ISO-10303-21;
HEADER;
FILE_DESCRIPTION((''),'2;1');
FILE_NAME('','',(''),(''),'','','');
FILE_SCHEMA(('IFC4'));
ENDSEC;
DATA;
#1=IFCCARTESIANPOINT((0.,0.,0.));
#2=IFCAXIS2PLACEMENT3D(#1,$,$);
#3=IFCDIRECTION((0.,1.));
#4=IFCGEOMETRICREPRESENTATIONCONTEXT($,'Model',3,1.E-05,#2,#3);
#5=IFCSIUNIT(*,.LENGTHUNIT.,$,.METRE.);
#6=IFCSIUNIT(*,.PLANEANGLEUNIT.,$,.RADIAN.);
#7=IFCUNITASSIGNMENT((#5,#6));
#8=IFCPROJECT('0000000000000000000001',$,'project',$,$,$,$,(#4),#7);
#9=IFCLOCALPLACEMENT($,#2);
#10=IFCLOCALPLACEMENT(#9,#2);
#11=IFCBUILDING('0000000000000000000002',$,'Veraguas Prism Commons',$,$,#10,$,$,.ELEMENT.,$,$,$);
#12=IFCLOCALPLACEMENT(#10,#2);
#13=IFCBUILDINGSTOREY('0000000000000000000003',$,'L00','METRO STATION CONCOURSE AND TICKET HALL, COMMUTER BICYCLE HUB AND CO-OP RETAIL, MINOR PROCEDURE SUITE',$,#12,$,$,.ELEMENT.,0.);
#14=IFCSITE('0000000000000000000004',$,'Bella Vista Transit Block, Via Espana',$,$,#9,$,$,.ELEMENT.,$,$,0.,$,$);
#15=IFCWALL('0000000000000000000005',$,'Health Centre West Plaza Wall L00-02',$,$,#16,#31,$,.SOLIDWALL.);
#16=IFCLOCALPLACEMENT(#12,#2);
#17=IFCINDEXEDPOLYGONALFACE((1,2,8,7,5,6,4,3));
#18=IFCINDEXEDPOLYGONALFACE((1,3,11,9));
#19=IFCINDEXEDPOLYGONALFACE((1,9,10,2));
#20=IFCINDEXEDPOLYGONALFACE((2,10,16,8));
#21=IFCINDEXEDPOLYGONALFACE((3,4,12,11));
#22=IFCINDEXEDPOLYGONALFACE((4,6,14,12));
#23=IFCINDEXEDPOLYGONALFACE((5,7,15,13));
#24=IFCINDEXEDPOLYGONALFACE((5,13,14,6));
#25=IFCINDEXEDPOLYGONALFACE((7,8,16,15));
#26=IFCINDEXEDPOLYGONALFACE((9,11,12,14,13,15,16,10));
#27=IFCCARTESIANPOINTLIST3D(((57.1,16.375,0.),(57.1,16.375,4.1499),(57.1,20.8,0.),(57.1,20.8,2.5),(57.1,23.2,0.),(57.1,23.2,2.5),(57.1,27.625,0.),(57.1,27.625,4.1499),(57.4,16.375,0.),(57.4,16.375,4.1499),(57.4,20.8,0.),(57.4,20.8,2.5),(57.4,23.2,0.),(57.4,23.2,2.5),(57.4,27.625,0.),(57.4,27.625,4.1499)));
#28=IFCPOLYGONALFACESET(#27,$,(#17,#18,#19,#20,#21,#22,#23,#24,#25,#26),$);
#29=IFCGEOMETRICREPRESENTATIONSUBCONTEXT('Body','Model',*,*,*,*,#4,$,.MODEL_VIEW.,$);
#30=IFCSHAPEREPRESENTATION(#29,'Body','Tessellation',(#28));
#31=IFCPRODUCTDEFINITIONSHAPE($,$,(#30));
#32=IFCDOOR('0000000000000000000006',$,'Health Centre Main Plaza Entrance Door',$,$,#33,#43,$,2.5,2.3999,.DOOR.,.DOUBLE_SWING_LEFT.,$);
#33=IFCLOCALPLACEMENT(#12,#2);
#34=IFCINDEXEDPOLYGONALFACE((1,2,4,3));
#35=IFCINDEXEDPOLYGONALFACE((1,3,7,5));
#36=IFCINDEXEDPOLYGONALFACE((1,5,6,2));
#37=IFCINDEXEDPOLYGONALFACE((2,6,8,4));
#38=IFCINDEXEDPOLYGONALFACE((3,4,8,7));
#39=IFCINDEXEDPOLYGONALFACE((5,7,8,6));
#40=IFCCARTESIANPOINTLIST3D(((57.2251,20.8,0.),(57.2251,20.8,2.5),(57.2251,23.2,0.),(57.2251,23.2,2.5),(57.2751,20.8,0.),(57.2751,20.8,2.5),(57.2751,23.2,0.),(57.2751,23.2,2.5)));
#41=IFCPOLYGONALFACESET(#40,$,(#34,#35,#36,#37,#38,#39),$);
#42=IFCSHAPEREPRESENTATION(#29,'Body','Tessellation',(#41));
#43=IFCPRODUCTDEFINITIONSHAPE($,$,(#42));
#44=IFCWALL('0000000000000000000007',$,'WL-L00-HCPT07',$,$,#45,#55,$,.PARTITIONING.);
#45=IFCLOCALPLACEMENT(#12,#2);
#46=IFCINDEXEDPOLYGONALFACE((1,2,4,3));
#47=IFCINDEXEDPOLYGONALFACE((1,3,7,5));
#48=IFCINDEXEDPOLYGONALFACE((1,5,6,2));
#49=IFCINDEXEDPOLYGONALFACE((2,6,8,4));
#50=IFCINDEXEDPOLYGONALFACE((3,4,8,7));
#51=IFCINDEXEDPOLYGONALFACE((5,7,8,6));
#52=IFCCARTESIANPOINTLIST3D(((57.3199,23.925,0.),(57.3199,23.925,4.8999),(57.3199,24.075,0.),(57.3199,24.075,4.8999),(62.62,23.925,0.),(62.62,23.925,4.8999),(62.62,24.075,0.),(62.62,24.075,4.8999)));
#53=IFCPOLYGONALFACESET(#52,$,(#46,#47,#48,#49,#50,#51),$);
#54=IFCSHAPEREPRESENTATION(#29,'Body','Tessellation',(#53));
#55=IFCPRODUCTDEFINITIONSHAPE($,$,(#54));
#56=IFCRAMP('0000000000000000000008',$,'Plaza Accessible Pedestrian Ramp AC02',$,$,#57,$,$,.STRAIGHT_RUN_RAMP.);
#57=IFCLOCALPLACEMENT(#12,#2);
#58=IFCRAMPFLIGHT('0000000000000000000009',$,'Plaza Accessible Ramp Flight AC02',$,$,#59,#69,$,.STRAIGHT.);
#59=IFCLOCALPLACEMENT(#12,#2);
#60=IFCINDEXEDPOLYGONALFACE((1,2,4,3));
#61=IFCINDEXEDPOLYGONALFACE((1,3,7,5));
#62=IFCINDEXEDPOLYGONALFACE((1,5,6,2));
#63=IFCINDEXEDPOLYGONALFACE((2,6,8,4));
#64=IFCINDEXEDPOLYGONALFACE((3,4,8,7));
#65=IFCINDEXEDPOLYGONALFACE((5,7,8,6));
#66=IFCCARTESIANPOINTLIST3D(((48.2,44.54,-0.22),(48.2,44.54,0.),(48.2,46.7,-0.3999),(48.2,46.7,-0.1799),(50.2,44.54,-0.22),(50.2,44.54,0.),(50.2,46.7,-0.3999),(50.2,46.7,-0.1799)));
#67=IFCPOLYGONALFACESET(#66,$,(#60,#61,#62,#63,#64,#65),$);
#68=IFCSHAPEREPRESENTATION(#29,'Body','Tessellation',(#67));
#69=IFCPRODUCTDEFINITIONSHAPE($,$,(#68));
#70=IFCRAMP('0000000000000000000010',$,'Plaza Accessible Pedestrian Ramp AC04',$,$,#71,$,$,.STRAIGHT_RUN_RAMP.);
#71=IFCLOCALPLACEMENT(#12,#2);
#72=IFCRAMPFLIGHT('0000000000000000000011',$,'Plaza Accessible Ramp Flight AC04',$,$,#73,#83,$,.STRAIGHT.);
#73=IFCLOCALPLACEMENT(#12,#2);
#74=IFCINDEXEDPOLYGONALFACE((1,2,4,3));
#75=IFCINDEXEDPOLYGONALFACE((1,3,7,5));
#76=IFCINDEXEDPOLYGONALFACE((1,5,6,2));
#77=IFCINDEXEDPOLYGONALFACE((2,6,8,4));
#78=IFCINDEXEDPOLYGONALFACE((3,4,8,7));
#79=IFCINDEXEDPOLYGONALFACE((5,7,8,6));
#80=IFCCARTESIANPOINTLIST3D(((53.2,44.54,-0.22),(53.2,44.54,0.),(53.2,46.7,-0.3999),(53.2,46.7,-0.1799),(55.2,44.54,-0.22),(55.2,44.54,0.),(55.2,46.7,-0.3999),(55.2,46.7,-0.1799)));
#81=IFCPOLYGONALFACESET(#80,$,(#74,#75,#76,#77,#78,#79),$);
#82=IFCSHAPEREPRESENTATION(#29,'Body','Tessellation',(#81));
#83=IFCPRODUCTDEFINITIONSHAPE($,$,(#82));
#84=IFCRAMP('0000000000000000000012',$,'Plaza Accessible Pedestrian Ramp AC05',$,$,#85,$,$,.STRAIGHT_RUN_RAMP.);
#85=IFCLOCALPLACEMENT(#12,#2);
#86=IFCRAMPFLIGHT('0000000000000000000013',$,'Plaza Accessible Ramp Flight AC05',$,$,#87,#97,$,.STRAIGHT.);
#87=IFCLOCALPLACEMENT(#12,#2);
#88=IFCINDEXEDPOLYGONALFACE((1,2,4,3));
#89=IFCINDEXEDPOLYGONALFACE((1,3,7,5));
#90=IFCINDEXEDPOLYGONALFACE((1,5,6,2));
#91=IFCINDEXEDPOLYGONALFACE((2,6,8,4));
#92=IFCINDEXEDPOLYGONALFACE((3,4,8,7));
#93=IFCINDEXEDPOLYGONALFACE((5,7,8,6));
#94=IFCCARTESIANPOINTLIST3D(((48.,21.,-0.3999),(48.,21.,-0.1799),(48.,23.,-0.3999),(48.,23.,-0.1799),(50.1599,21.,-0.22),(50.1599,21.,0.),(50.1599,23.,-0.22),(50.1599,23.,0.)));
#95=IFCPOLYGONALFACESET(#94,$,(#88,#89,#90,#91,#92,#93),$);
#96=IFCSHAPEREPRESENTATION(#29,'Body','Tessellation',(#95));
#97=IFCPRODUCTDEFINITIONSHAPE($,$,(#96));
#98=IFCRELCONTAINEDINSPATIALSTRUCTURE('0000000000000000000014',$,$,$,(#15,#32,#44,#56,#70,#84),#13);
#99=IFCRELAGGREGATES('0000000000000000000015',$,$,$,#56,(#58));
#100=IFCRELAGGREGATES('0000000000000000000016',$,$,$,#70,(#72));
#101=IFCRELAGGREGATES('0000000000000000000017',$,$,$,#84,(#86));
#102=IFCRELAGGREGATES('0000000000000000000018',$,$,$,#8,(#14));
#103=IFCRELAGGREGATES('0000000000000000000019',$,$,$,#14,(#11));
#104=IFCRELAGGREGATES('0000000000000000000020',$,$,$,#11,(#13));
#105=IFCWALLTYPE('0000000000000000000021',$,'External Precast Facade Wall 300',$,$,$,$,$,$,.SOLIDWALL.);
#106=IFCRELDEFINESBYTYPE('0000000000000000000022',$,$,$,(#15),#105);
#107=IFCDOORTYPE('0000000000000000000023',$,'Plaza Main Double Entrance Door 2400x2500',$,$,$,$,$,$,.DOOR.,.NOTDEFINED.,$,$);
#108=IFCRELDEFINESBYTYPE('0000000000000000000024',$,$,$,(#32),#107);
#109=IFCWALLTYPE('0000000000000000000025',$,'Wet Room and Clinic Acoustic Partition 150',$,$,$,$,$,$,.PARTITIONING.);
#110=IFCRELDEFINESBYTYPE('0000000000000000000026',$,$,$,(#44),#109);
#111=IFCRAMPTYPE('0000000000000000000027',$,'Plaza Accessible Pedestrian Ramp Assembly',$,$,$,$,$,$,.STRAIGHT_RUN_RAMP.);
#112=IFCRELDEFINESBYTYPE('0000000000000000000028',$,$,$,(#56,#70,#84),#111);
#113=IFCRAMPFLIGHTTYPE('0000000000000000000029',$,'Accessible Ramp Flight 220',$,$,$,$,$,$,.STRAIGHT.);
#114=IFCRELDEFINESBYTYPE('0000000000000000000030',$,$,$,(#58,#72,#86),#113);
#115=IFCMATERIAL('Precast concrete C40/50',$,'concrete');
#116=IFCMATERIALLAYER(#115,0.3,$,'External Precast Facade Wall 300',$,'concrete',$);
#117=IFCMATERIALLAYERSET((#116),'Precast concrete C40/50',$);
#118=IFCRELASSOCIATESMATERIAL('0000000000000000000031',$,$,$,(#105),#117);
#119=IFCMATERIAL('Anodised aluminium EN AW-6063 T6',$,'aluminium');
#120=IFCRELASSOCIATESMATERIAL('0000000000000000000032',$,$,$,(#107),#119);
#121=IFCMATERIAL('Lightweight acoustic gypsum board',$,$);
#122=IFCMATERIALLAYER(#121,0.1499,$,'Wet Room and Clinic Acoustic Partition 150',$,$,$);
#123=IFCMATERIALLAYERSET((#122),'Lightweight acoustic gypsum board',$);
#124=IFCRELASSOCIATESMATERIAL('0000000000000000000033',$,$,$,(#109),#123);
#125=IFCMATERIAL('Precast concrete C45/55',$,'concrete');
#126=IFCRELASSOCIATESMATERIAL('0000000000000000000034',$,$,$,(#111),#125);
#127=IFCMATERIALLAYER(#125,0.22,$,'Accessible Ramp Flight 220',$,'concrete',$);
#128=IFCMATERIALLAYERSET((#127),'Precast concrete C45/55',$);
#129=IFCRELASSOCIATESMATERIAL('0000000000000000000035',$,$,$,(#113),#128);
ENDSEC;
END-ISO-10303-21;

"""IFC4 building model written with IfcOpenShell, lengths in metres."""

from ifc_helpers import new_model, si_unit, direction, frame, frame_2d, origin, place, context, subcontext, project, spatial, polyline, rectangle, outline, extrude, source, transform, mapped, material, layer, layer_set, type_object, element, fill, aggregate, save


model = new_model("IFC4")

# Units and contexts
model_context = context("Model", 3, precision=1e-05, world=origin(), true_north=direction((0.0, 1.0)))
body_context = subcontext(model_context, "Body", "Model", "MODEL_VIEW")
ifc_project = project(units=[si_unit("LENGTHUNIT", "METRE"), si_unit("PLANEANGLEUNIT", "RADIAN")], contexts=[model_context])

# Site, building, storey
site_placement = place(None, origin())
site = spatial("IfcSite", under=ifc_project, at=site_placement, Name="Bella Vista Transit Block, Via Espana", CompositionType="ELEMENT", RefElevation=0.0)
building_placement = place(site_placement, origin())
building = spatial("IfcBuilding", under=site, at=building_placement, Name="Veraguas Prism Commons", CompositionType="ELEMENT")
storey_placement = place(building_placement, origin())
storey = spatial("IfcBuildingStorey", under=building, at=storey_placement, Name="L00", Description="METRO STATION CONCOURSE AND TICKET HALL, COMMUTER BICYCLE HUB AND CO-OP RETAIL, MINOR PROCEDURE SUITE", CompositionType="ELEMENT", Elevation=0.0)

# Shared definitions
ifc_material_1 = material(Name="Precast concrete C40/50", Category="concrete")
ifc_layer_1 = layer(ifc_material_1, 0.3, Name="External Precast Facade Wall 300", Category="concrete")
ifc_layer_set_1 = layer_set([ifc_layer_1], Name="Precast concrete C40/50")
wall_type_1 = type_object("IfcWallType", Name="External Precast Facade Wall 300", PredefinedType="SOLIDWALL", material=ifc_layer_set_1)

# Wall, opening, door
wall_1_placement = place(storey_placement, frame((57.25, 27.625, 0.0), z_axis=(0.0, 0.0, 1.0), x_axis=(0.0, -1.0, 0.0)))
wall_1 = element("IfcWall", 1, at=wall_1_placement, inside=storey, type_object=wall_type_1, Name="Health Centre West Plaza Wall L00-02", PredefinedType="SOLIDWALL", context=body_context, shape_type="SweptSolid", body=[
    extrude(rectangle(XDim=11.25, YDim=0.3, at=frame_2d((5.625, 0.0))), origin(), (0.0, 0.0, 1.0), 4.1499),
])
opening_1_placement = place(wall_1_placement, frame((4.425, 0.0, 0.0)))
opening_1 = element("IfcOpeningElement", 2, at=opening_1_placement, cuts=wall_1, PredefinedType="OPENING", context=body_context, shape_type="SweptSolid", body=[
    extrude(rectangle(XDim=2.3999, YDim=2.5, at=frame_2d((1.2, 1.25))), frame((0.0, 0.1599, 0.0), z_axis=(0.0, -1.0, 0.0), x_axis=(1.0, 0.0, 0.0)), (0.0, 0.0, 1.0), 0.3201),
])
ifc_material_2 = material(Name="Anodised aluminium EN AW-6063 T6", Category="aluminium")
door_type = type_object("IfcDoorType", Name="Plaza Main Double Entrance Door 2400x2500", OperationType="NOTDEFINED", PredefinedType="DOOR", material=ifc_material_2)
shared_shape_1 = source(origin(), body_context, "Body", "SweptSolid", [
    extrude(rectangle(XDim=2.3999, YDim=2.5, at=frame_2d((1.2, 1.25))), frame((0.0, 0.0249, 0.0), z_axis=(0.0, -1.0, 0.0), x_axis=(1.0, 0.0, 0.0)), (0.0, 0.0, 1.0), 0.05),
])
door_placement = place(opening_1_placement, frame((2.3999, 0.0, 0.0), z_axis=(0.0, 0.0, 1.0), x_axis=(-1.0, 0.0, 0.0)))
door = element("IfcDoor", 3, at=door_placement, inside=storey, type_object=door_type, Name="Health Centre Main Plaza Entrance Door", OperationType="DOUBLE_SWING_LEFT", OverallHeight=2.5, OverallWidth=2.3999, PredefinedType="DOOR", context=body_context, shape_type="MappedRepresentation", body=[
    mapped(shared_shape_1, transform((0.0, 0.0, 0.0), scale=1.0)),
])
fill(opening_1, door)

# Wall
ifc_material_3 = material(Name="Lightweight acoustic gypsum board")
ifc_layer_2 = layer(ifc_material_3, 0.1499, Name="Wet Room and Clinic Acoustic Partition 150")
ifc_layer_set_2 = layer_set([ifc_layer_2], Name="Lightweight acoustic gypsum board")
wall_type_2 = type_object("IfcWallType", Name="Wet Room and Clinic Acoustic Partition 150", PredefinedType="PARTITIONING", material=ifc_layer_set_2)
wall_2_placement = place(storey_placement, frame((57.3201, 24.0, 0.0), z_axis=(0.0, 0.0, 1.0), x_axis=(1.0, 0.0, 0.0)))
element("IfcWall", 4, at=wall_2_placement, inside=storey, type_object=wall_type_2, Name="WL-L00-HCPT07", PredefinedType="PARTITIONING", context=body_context, shape_type="SweptSolid", body=[
    extrude(rectangle(XDim=5.3, YDim=0.1499, at=frame_2d((2.6499, 0.0))), origin(), (0.0, 0.0, 1.0), 4.8999),
])

# Ramps, ramp flights
ifc_material_4 = material(Name="Precast concrete C45/55", Category="concrete")
ramp_type = type_object("IfcRampType", Name="Plaza Accessible Pedestrian Ramp Assembly", PredefinedType="STRAIGHT_RUN_RAMP", material=ifc_material_4)
ramp_1_placement = place(storey_placement, origin())
ramp_1 = element("IfcRamp", 5, at=ramp_1_placement, inside=storey, type_object=ramp_type, Name="Plaza Accessible Pedestrian Ramp AC02", PredefinedType="STRAIGHT_RUN_RAMP")
ifc_layer_3 = layer(ifc_material_4, 0.22, Name="Accessible Ramp Flight 220", Category="concrete")
ifc_layer_set_3 = layer_set([ifc_layer_3], Name="Precast concrete C45/55")
ramp_flight_type = type_object("IfcRampFlightType", Name="Accessible Ramp Flight 220", PredefinedType="STRAIGHT", material=ifc_layer_set_3)
ramp_flight_1_placement = place(storey_placement, frame((49.2, 46.7, -0.1799), z_axis=(0.0, 0.0, 1.0), x_axis=(0.0, -1.0, 0.0)))
ramp_flight_1 = element("IfcRampFlight", 6, at=ramp_flight_1_placement, type_object=ramp_flight_type, Name="Plaza Accessible Ramp Flight AC02", PredefinedType="STRAIGHT", context=body_context, shape_type="SweptSolid", body=[
    extrude(outline(polyline([(0.0, 0.0), (2.1599, 0.1799), (2.1599, -0.04), (0.0, -0.22), (0.0, 0.0)])), frame((0.0, 1.0, 0.0), z_axis=(0.0, -1.0, 0.0), x_axis=(1.0, 0.0, 0.0)), (0.0, 0.0, 1.0), 2.0),
])
aggregate(ramp_1, [ramp_flight_1])
ramp_2_placement = place(storey_placement, origin())
ramp_2 = element("IfcRamp", 7, at=ramp_2_placement, inside=storey, type_object=ramp_type, Name="Plaza Accessible Pedestrian Ramp AC04", PredefinedType="STRAIGHT_RUN_RAMP")
ramp_flight_2_placement = place(storey_placement, frame((54.2, 46.7, -0.1799), z_axis=(0.0, 0.0, 1.0), x_axis=(0.0, -1.0, 0.0)))
ramp_flight_2 = element("IfcRampFlight", 8, at=ramp_flight_2_placement, type_object=ramp_flight_type, Name="Plaza Accessible Ramp Flight AC04", PredefinedType="STRAIGHT", context=body_context, shape_type="SweptSolid", body=[
    extrude(outline(polyline([(0.0, 0.0), (2.1599, 0.1799), (2.1599, -0.04), (0.0, -0.22), (0.0, 0.0)])), frame((0.0, 1.0, 0.0), z_axis=(0.0, -1.0, 0.0), x_axis=(1.0, 0.0, 0.0)), (0.0, 0.0, 1.0), 2.0),
])
aggregate(ramp_2, [ramp_flight_2])
ramp_3_placement = place(storey_placement, origin())
ramp_3 = element("IfcRamp", 9, at=ramp_3_placement, inside=storey, type_object=ramp_type, Name="Plaza Accessible Pedestrian Ramp AC05", PredefinedType="STRAIGHT_RUN_RAMP")
ramp_flight_3_placement = place(storey_placement, frame((48.0, 22.0, -0.1799), z_axis=(0.0, 0.0, 1.0), x_axis=(1.0, 0.0, 0.0)))
ramp_flight_3 = element("IfcRampFlight", 10, at=ramp_flight_3_placement, type_object=ramp_flight_type, Name="Plaza Accessible Ramp Flight AC05", PredefinedType="STRAIGHT", context=body_context, shape_type="SweptSolid", body=[
    extrude(outline(polyline([(0.0, 0.0), (2.1599, 0.1799), (2.1599, -0.04), (0.0, -0.22), (0.0, 0.0)])), frame((0.0, 1.0, 0.0), z_axis=(0.0, -1.0, 0.0), x_axis=(1.0, 0.0, 0.0)), (0.0, 0.0, 1.0), 2.0),
])
aggregate(ramp_3, [ramp_flight_3])

save(model, "model.ifc")
